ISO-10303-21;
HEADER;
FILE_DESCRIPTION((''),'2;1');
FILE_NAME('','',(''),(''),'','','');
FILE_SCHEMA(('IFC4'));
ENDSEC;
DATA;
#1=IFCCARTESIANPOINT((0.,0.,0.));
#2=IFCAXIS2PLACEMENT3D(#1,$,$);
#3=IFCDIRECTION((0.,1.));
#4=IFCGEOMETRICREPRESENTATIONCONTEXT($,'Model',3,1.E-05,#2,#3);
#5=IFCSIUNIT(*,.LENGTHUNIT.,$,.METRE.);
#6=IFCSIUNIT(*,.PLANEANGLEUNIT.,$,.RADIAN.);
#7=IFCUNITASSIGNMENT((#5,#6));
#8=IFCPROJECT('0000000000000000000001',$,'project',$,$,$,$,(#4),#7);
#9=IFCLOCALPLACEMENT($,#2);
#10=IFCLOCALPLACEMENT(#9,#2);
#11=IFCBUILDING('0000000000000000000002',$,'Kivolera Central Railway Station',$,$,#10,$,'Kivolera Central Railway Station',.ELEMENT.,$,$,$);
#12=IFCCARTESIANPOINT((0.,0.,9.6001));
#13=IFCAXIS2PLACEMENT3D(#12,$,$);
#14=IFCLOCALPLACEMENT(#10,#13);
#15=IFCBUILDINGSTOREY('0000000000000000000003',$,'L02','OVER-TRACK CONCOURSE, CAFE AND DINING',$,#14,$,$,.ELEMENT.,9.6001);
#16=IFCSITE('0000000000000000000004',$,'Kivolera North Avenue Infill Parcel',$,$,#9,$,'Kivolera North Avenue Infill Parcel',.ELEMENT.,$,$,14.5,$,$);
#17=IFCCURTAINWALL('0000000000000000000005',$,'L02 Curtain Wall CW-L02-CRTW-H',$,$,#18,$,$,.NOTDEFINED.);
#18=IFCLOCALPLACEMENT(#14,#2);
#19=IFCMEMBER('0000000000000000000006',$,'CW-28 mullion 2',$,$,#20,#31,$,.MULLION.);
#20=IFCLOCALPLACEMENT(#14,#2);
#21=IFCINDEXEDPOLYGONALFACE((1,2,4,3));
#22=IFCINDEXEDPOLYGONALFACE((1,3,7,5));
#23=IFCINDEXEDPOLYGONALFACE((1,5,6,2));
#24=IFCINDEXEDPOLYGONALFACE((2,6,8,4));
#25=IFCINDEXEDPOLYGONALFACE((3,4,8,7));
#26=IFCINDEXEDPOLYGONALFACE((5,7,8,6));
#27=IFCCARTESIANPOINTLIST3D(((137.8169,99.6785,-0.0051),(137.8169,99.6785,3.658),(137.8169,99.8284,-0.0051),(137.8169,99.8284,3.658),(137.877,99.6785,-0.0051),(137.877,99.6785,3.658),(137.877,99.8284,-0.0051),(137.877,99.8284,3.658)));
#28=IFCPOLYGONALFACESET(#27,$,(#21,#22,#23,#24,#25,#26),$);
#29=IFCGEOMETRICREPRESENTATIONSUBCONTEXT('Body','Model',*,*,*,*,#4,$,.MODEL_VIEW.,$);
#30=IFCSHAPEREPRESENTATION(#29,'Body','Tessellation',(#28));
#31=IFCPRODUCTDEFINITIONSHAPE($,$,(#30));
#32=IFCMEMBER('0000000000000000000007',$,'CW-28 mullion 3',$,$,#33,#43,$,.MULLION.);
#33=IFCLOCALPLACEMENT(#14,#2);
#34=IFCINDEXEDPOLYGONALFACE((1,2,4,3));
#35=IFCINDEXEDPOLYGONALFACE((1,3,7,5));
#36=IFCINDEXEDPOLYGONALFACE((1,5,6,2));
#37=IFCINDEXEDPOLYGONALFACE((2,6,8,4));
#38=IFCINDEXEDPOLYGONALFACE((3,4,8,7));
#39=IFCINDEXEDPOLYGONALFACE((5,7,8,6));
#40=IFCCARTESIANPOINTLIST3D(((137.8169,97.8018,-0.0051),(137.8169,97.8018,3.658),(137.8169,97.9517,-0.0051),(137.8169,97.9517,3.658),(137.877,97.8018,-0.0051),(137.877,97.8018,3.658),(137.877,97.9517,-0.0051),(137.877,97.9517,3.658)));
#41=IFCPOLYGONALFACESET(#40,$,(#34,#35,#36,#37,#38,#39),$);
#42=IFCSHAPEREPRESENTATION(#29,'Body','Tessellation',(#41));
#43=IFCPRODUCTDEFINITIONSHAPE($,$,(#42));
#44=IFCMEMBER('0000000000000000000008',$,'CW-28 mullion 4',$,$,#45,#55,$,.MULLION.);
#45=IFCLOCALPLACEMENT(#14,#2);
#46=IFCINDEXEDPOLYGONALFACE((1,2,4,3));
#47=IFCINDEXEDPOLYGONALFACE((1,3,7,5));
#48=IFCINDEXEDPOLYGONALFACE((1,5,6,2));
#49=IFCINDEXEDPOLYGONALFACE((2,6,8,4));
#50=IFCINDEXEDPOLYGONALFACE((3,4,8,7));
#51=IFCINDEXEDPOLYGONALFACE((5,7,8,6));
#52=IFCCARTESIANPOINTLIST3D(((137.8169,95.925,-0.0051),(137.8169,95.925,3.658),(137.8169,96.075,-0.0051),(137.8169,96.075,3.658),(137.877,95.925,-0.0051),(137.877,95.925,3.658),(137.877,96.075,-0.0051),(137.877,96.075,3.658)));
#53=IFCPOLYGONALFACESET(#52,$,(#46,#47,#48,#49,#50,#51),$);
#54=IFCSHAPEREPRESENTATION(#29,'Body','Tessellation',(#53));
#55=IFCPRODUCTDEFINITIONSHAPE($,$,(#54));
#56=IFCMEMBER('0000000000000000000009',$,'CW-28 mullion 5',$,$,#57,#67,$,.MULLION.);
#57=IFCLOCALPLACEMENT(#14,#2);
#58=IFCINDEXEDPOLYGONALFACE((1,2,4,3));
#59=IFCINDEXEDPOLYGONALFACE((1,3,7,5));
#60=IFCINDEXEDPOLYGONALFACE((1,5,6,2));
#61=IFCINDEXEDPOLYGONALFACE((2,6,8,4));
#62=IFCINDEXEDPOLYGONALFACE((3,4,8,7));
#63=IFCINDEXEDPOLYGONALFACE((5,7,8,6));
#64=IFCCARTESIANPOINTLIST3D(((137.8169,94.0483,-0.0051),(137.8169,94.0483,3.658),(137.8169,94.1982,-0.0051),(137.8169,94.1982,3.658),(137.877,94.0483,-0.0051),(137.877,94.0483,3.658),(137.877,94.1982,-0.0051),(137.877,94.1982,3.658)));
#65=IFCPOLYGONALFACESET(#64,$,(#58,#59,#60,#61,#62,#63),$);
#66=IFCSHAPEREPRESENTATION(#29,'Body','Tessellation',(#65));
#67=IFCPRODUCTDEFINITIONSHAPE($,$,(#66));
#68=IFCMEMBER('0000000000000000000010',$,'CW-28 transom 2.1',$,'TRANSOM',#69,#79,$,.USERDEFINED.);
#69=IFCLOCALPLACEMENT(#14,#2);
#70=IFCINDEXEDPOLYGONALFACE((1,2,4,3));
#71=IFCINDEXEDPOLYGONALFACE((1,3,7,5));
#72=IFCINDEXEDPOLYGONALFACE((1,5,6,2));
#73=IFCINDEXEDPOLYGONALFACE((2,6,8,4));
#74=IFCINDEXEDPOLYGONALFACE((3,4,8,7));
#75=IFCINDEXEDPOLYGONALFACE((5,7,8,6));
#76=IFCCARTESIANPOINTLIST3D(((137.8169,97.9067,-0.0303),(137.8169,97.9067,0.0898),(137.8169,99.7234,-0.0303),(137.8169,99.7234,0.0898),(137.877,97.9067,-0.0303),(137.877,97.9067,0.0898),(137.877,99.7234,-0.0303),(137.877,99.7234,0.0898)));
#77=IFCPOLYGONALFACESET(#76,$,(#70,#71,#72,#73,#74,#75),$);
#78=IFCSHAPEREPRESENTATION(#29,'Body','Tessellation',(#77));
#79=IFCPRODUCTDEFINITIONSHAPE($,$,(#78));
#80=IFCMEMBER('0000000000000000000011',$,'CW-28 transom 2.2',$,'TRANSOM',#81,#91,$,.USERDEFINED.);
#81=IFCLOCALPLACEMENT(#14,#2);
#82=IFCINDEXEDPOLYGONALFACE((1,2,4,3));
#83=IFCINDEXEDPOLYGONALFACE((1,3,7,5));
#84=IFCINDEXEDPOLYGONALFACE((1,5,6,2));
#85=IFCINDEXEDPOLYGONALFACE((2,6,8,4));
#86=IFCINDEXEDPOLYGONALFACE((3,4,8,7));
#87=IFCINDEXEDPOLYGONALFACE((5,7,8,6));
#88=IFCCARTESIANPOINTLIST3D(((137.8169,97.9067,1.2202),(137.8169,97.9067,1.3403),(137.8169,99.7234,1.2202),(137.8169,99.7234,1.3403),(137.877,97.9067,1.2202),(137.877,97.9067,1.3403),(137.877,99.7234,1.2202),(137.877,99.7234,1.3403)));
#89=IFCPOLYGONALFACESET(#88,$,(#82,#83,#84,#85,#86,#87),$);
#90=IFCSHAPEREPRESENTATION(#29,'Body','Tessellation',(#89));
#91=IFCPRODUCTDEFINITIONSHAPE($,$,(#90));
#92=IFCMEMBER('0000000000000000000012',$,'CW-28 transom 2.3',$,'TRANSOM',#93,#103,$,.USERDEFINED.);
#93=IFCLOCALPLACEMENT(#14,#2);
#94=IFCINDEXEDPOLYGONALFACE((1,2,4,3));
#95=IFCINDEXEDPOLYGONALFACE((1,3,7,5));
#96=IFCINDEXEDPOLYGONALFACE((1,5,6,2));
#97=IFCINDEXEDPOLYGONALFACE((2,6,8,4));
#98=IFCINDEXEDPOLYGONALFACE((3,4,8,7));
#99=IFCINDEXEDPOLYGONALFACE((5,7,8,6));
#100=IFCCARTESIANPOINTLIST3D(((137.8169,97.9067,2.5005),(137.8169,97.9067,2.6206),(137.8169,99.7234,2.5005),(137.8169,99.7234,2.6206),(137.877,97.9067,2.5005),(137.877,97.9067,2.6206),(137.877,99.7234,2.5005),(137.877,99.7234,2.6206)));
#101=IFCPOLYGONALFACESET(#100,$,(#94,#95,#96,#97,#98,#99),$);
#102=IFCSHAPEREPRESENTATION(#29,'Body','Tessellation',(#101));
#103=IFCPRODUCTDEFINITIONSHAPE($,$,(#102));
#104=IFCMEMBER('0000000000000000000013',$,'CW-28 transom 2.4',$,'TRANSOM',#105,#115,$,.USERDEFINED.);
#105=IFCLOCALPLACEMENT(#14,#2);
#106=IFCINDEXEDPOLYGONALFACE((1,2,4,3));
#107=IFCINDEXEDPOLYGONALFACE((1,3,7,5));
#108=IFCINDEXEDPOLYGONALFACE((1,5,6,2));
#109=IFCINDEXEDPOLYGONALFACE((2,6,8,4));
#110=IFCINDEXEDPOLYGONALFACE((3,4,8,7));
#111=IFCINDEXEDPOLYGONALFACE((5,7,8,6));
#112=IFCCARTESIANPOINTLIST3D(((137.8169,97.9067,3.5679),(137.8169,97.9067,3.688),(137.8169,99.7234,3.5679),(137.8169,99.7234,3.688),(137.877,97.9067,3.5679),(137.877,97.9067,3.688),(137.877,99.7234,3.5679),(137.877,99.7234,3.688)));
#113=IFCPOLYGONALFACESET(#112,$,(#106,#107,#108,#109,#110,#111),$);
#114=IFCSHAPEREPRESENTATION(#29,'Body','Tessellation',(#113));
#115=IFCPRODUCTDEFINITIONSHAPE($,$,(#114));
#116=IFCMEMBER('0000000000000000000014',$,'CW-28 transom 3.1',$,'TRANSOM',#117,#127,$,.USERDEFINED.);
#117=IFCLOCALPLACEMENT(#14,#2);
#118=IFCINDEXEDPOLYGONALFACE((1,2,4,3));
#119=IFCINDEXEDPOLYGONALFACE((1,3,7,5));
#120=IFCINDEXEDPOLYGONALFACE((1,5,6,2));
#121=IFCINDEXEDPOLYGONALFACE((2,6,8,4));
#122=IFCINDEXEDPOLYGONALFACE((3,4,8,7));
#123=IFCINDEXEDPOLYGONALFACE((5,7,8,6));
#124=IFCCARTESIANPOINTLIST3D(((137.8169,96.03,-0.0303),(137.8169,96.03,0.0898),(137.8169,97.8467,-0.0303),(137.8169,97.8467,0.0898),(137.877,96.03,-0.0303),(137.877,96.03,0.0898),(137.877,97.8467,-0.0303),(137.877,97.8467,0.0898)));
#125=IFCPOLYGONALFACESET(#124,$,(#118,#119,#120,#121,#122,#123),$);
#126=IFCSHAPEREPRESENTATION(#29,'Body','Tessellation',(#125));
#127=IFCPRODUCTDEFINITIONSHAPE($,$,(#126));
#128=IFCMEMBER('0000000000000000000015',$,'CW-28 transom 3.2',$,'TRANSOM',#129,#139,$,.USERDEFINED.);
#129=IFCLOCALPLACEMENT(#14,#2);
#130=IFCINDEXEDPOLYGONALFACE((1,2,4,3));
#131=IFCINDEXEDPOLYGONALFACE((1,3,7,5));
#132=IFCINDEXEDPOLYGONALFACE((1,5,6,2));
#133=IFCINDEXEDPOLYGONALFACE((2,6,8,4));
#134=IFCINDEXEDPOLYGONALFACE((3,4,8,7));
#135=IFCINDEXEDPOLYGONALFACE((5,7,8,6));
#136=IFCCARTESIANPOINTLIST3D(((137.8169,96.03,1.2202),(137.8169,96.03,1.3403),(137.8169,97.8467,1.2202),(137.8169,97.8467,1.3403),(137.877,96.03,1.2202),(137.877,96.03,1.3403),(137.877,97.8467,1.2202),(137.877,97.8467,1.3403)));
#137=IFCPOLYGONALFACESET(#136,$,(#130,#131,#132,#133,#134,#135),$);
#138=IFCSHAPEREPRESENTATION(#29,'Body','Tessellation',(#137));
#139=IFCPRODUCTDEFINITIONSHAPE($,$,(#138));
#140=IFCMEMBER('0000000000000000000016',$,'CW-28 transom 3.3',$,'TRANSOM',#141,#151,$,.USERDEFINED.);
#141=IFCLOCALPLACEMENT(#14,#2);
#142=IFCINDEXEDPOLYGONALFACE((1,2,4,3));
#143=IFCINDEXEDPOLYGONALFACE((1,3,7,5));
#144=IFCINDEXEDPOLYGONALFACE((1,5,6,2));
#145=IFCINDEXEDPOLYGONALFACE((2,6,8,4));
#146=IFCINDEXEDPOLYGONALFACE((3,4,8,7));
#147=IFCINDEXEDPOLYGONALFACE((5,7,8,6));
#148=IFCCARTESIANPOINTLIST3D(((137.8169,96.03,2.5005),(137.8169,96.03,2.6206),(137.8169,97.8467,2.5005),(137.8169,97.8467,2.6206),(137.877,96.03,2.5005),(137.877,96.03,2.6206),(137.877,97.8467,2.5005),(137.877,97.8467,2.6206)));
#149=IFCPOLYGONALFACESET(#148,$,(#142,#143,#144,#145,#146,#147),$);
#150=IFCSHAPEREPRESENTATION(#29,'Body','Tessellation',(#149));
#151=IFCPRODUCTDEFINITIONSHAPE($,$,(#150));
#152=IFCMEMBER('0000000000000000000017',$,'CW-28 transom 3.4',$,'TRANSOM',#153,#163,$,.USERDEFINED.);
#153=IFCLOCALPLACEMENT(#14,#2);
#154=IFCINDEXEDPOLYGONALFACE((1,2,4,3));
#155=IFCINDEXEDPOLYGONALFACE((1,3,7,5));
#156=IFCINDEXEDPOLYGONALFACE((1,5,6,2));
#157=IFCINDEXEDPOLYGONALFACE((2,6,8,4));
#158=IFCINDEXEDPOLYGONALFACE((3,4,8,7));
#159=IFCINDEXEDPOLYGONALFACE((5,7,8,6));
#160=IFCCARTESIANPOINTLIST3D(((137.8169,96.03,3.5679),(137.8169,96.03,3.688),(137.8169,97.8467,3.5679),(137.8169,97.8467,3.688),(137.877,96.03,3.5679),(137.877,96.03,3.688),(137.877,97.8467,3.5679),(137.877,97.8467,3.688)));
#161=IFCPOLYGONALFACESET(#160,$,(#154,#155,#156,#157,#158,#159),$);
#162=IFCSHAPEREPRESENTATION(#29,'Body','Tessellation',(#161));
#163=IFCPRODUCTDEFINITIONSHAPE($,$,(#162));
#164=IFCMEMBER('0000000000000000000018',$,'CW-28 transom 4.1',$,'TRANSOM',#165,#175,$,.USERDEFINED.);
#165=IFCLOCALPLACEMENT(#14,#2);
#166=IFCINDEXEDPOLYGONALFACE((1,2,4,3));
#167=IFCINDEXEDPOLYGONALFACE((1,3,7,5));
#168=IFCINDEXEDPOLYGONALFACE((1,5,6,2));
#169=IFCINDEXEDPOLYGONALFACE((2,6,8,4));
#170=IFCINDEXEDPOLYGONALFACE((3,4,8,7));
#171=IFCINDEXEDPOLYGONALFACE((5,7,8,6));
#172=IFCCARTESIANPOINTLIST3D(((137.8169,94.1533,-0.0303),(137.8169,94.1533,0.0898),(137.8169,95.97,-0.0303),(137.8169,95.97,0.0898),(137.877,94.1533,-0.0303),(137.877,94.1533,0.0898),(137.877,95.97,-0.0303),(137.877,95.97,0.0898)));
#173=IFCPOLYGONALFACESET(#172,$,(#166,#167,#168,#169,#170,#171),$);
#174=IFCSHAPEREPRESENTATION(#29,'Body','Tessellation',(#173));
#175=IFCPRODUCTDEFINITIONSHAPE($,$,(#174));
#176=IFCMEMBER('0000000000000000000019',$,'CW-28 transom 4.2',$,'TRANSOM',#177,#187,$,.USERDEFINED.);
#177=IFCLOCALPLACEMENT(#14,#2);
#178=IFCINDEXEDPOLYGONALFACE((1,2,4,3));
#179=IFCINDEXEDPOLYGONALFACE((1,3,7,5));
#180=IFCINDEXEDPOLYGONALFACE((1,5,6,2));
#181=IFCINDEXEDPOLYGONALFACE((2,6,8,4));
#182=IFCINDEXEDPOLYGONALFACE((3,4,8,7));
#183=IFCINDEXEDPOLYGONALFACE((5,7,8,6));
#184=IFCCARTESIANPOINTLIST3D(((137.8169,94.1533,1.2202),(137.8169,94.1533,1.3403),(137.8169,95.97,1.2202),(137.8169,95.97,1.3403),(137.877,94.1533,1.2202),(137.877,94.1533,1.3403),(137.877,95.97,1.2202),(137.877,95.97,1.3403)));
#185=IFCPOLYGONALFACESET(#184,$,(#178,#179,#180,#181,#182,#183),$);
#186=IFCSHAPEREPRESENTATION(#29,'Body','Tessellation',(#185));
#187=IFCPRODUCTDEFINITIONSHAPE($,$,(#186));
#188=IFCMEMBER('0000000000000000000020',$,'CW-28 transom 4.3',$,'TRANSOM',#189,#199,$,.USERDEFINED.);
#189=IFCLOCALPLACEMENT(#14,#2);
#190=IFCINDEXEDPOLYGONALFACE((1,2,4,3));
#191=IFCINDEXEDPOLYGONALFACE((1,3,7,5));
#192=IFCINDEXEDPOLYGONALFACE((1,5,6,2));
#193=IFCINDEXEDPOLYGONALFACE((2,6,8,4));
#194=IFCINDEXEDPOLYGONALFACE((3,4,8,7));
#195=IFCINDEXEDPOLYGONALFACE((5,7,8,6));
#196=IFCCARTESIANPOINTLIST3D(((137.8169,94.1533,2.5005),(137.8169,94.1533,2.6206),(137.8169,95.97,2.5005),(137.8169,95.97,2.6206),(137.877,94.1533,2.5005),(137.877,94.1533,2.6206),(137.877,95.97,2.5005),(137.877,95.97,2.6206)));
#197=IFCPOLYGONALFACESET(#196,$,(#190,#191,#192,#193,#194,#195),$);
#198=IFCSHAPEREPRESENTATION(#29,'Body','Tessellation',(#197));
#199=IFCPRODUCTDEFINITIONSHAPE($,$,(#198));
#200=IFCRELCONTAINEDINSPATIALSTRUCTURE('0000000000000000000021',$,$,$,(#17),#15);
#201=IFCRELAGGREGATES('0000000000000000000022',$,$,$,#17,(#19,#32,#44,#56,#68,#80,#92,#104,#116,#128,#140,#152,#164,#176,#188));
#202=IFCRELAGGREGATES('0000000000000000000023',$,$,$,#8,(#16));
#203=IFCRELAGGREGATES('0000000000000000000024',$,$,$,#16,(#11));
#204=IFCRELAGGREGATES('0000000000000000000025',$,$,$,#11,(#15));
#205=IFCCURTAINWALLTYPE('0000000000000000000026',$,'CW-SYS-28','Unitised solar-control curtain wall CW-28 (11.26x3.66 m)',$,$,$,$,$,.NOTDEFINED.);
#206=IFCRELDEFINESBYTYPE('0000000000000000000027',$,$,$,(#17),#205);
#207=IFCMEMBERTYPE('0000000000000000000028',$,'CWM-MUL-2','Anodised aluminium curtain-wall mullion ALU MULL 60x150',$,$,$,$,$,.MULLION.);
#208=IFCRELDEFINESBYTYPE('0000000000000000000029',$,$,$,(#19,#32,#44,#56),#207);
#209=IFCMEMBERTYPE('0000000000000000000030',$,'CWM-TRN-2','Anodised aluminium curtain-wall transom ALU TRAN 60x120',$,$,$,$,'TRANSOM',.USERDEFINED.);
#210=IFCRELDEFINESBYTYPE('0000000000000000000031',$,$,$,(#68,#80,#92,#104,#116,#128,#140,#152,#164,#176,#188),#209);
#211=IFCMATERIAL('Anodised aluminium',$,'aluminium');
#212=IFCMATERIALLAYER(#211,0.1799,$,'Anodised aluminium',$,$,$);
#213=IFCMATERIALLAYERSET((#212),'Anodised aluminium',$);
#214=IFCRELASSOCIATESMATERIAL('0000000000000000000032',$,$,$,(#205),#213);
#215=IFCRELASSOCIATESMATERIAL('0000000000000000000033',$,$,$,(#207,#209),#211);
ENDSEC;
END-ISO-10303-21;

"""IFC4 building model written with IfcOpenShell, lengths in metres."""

from ifc_helpers import new_model, si_unit, direction, frame, origin, origin_2d, place, context, subcontext, project, spatial, rectangle, extrude, material, layer, layer_set, material_profile, profile_set, type_object, element, aggregate, save


model = new_model("IFC4")

# Units and contexts
model_context = context("Model", 3, precision=1e-05, world=origin(), true_north=direction((0.0, 1.0)))
body_context = subcontext(model_context, "Body", "Model", "MODEL_VIEW")
ifc_project = project(units=[si_unit("LENGTHUNIT", "METRE"), si_unit("PLANEANGLEUNIT", "RADIAN")], contexts=[model_context])

# Site, building, storey
site_placement = place(None, origin())
site = spatial("IfcSite", under=ifc_project, at=site_placement, Name="Kivolera North Avenue Infill Parcel", LongName="Kivolera North Avenue Infill Parcel", CompositionType="ELEMENT", RefElevation=14.5)
building_placement = place(site_placement, origin())
building = spatial("IfcBuilding", under=site, at=building_placement, Name="Kivolera Central Railway Station", LongName="Kivolera Central Railway Station", CompositionType="ELEMENT")
storey_placement = place(building_placement, frame((0.0, 0.0, 9.6001)))
storey = spatial("IfcBuildingStorey", under=building, at=storey_placement, Name="L02", Description="OVER-TRACK CONCOURSE, CAFE AND DINING", CompositionType="ELEMENT", Elevation=9.6001)

# Curtain wall, members
ifc_material_1 = material(Name="Anodised aluminium", Category="aluminium")
ifc_layer_1 = layer(ifc_material_1, 0.1799, Name="Anodised aluminium")
ifc_layer_set_1 = layer_set([ifc_layer_1], Name="Anodised aluminium")
curtain_wall_type = type_object("IfcCurtainWallType", Name="CW-SYS-28", Description="Unitised solar-control curtain wall CW-28 (11.26x3.66 m)", PredefinedType="NOTDEFINED", material=ifc_layer_set_1)
curtain_wall_placement = place(storey_placement, origin())
curtain_wall = element("IfcCurtainWall", 1, at=curtain_wall_placement, inside=storey, type_object=curtain_wall_type, Name="L02 Curtain Wall CW-L02-CRTW-H", PredefinedType="NOTDEFINED")
ifc_material_profile_1 = material_profile(ifc_material_1, rectangle(XDim=0.0601, YDim=0.1499, at=origin_2d()), Name="ALU MULL 60x150")
ifc_profile_set_1 = profile_set([ifc_material_profile_1], Name="Anodised aluminium")
member_type_1 = type_object("IfcMemberType", Name="CWM-MUL-2", Description="Anodised aluminium curtain-wall mullion ALU MULL 60x150", PredefinedType="MULLION", material=ifc_profile_set_1)
member_1_placement = place(storey_placement, frame((137.8469, 99.7534, -0.0051), z_axis=(0.0, 0.0, 1.0), x_axis=(1.0, 0.0, 0.0)))
member_1 = element("IfcMember", 2, at=member_1_placement, type_object=member_type_1, Name="CW-28 mullion 2", PredefinedType="MULLION", context=body_context, shape_type="SweptSolid", body=[
    extrude(rectangle(XDim=0.0601, YDim=0.1499, at=origin_2d()), origin(), (0.0, 0.0, 1.0), 3.6631),
])
member_2_placement = place(storey_placement, frame((137.8469, 97.8767, -0.0051), z_axis=(0.0, 0.0, 1.0), x_axis=(1.0, 0.0, 0.0)))
member_2 = element("IfcMember", 3, at=member_2_placement, type_object=member_type_1, Name="CW-28 mullion 3", PredefinedType="MULLION", context=body_context, shape_type="SweptSolid", body=[
    extrude(rectangle(XDim=0.0601, YDim=0.1499, at=origin_2d()), origin(), (0.0, 0.0, 1.0), 3.6631),
])
member_3_placement = place(storey_placement, frame((137.8469, 96.0, -0.0051), z_axis=(0.0, 0.0, 1.0), x_axis=(1.0, 0.0, 0.0)))
member_3 = element("IfcMember", 4, at=member_3_placement, type_object=member_type_1, Name="CW-28 mullion 4", PredefinedType="MULLION", context=body_context, shape_type="SweptSolid", body=[
    extrude(rectangle(XDim=0.0601, YDim=0.1499, at=origin_2d()), origin(), (0.0, 0.0, 1.0), 3.6631),
])
member_4_placement = place(storey_placement, frame((137.8469, 94.1233, -0.0051), z_axis=(0.0, 0.0, 1.0), x_axis=(1.0, 0.0, 0.0)))
member_4 = element("IfcMember", 5, at=member_4_placement, type_object=member_type_1, Name="CW-28 mullion 5", PredefinedType="MULLION", context=body_context, shape_type="SweptSolid", body=[
    extrude(rectangle(XDim=0.0601, YDim=0.1499, at=origin_2d()), origin(), (0.0, 0.0, 1.0), 3.6631),
])
ifc_material_profile_2 = material_profile(ifc_material_1, rectangle(XDim=0.0601, YDim=0.1201, at=origin_2d()), Name="ALU TRAN 60x120")
ifc_profile_set_2 = profile_set([ifc_material_profile_2], Name="Anodised aluminium")
member_type_2 = type_object("IfcMemberType", Name="CWM-TRN-2", Description="Anodised aluminium curtain-wall transom ALU TRAN 60x120", ElementType="TRANSOM", PredefinedType="USERDEFINED", material=ifc_profile_set_2)
member_5_placement = place(storey_placement, frame((137.8469, 99.7234, 0.0298), z_axis=(0.0, -1.0, 0.0), x_axis=(1.0, 0.0, 0.0)))
member_5 = element("IfcMember", 6, at=member_5_placement, type_object=member_type_2, Name="CW-28 transom 2.1", ObjectType="TRANSOM", PredefinedType="USERDEFINED", context=body_context, shape_type="SweptSolid", body=[
    extrude(rectangle(XDim=0.0601, YDim=0.1201, at=origin_2d()), origin(), (0.0, 0.0, 1.0), 1.8167),
])
member_6_placement = place(storey_placement, frame((137.8469, 99.7234, 1.2803), z_axis=(0.0, -1.0, 0.0), x_axis=(1.0, 0.0, 0.0)))
member_6 = element("IfcMember", 7, at=member_6_placement, type_object=member_type_2, Name="CW-28 transom 2.2", ObjectType="TRANSOM", PredefinedType="USERDEFINED", context=body_context, shape_type="SweptSolid", body=[
    extrude(rectangle(XDim=0.0601, YDim=0.1201, at=origin_2d()), origin(), (0.0, 0.0, 1.0), 1.8167),
])
member_7_placement = place(storey_placement, frame((137.8469, 99.7234, 2.5605), z_axis=(0.0, -1.0, 0.0), x_axis=(1.0, 0.0, 0.0)))
member_7 = element("IfcMember", 8, at=member_7_placement, type_object=member_type_2, Name="CW-28 transom 2.3", ObjectType="TRANSOM", PredefinedType="USERDEFINED", context=body_context, shape_type="SweptSolid", body=[
    extrude(rectangle(XDim=0.0601, YDim=0.1201, at=origin_2d()), origin(), (0.0, 0.0, 1.0), 1.8167),
])
member_8_placement = place(storey_placement, frame((137.8469, 99.7234, 3.6279), z_axis=(0.0, -1.0, 0.0), x_axis=(1.0, 0.0, 0.0)))
member_8 = element("IfcMember", 9, at=member_8_placement, type_object=member_type_2, Name="CW-28 transom 2.4", ObjectType="TRANSOM", PredefinedType="USERDEFINED", context=body_context, shape_type="SweptSolid", body=[
    extrude(rectangle(XDim=0.0601, YDim=0.1201, at=origin_2d()), origin(), (0.0, 0.0, 1.0), 1.8167),
])
member_9_placement = place(storey_placement, frame((137.8469, 97.8467, 0.0298), z_axis=(0.0, -1.0, 0.0), x_axis=(1.0, 0.0, 0.0)))
member_9 = element("IfcMember", 10, at=member_9_placement, type_object=member_type_2, Name="CW-28 transom 3.1", ObjectType="TRANSOM", PredefinedType="USERDEFINED", context=body_context, shape_type="SweptSolid", body=[
    extrude(rectangle(XDim=0.0601, YDim=0.1201, at=origin_2d()), origin(), (0.0, 0.0, 1.0), 1.8167),
])
member_10_placement = place(storey_placement, frame((137.8469, 97.8467, 1.2803), z_axis=(0.0, -1.0, 0.0), x_axis=(1.0, 0.0, 0.0)))
member_10 = element("IfcMember", 11, at=member_10_placement, type_object=member_type_2, Name="CW-28 transom 3.2", ObjectType="TRANSOM", PredefinedType="USERDEFINED", context=body_context, shape_type="SweptSolid", body=[
    extrude(rectangle(XDim=0.0601, YDim=0.1201, at=origin_2d()), origin(), (0.0, 0.0, 1.0), 1.8167),
])
member_11_placement = place(storey_placement, frame((137.8469, 97.8467, 2.5605), z_axis=(0.0, -1.0, 0.0), x_axis=(1.0, 0.0, 0.0)))
member_11 = element("IfcMember", 12, at=member_11_placement, type_object=member_type_2, Name="CW-28 transom 3.3", ObjectType="TRANSOM", PredefinedType="USERDEFINED", context=body_context, shape_type="SweptSolid", body=[
    extrude(rectangle(XDim=0.0601, YDim=0.1201, at=origin_2d()), origin(), (0.0, 0.0, 1.0), 1.8167),
])
member_12_placement = place(storey_placement, frame((137.8469, 97.8467, 3.6279), z_axis=(0.0, -1.0, 0.0), x_axis=(1.0, 0.0, 0.0)))
member_12 = element("IfcMember", 13, at=member_12_placement, type_object=member_type_2, Name="CW-28 transom 3.4", ObjectType="TRANSOM", PredefinedType="USERDEFINED", context=body_context, shape_type="SweptSolid", body=[
    extrude(rectangle(XDim=0.0601, YDim=0.1201, at=origin_2d()), origin(), (0.0, 0.0, 1.0), 1.8167),
])
member_13_placement = place(storey_placement, frame((137.8469, 95.97, 0.0298), z_axis=(0.0, -1.0, 0.0), x_axis=(1.0, 0.0, 0.0)))
member_13 = element("IfcMember", 14, at=member_13_placement, type_object=member_type_2, Name="CW-28 transom 4.1", ObjectType="TRANSOM", PredefinedType="USERDEFINED", context=body_context, shape_type="SweptSolid", body=[
    extrude(rectangle(XDim=0.0601, YDim=0.1201, at=origin_2d()), origin(), (0.0, 0.0, 1.0), 1.8167),
])
member_14_placement = place(storey_placement, frame((137.8469, 95.97, 1.2803), z_axis=(0.0, -1.0, 0.0), x_axis=(1.0, 0.0, 0.0)))
member_14 = element("IfcMember", 15, at=member_14_placement, type_object=member_type_2, Name="CW-28 transom 4.2", ObjectType="TRANSOM", PredefinedType="USERDEFINED", context=body_context, shape_type="SweptSolid", body=[
    extrude(rectangle(XDim=0.0601, YDim=0.1201, at=origin_2d()), origin(), (0.0, 0.0, 1.0), 1.8167),
])
member_15_placement = place(storey_placement, frame((137.8469, 95.97, 2.5605), z_axis=(0.0, -1.0, 0.0), x_axis=(1.0, 0.0, 0.0)))
member_15 = element("IfcMember", 16, at=member_15_placement, type_object=member_type_2, Name="CW-28 transom 4.3", ObjectType="TRANSOM", PredefinedType="USERDEFINED", context=body_context, shape_type="SweptSolid", body=[
    extrude(rectangle(XDim=0.0601, YDim=0.1201, at=origin_2d()), origin(), (0.0, 0.0, 1.0), 1.8167),
])
aggregate(curtain_wall, [member_1, member_2, member_3, member_4, member_5, member_6, member_7, member_8, member_9, member_10, member_11, member_12, member_13, member_14, member_15])

save(model, "model.ifc")
